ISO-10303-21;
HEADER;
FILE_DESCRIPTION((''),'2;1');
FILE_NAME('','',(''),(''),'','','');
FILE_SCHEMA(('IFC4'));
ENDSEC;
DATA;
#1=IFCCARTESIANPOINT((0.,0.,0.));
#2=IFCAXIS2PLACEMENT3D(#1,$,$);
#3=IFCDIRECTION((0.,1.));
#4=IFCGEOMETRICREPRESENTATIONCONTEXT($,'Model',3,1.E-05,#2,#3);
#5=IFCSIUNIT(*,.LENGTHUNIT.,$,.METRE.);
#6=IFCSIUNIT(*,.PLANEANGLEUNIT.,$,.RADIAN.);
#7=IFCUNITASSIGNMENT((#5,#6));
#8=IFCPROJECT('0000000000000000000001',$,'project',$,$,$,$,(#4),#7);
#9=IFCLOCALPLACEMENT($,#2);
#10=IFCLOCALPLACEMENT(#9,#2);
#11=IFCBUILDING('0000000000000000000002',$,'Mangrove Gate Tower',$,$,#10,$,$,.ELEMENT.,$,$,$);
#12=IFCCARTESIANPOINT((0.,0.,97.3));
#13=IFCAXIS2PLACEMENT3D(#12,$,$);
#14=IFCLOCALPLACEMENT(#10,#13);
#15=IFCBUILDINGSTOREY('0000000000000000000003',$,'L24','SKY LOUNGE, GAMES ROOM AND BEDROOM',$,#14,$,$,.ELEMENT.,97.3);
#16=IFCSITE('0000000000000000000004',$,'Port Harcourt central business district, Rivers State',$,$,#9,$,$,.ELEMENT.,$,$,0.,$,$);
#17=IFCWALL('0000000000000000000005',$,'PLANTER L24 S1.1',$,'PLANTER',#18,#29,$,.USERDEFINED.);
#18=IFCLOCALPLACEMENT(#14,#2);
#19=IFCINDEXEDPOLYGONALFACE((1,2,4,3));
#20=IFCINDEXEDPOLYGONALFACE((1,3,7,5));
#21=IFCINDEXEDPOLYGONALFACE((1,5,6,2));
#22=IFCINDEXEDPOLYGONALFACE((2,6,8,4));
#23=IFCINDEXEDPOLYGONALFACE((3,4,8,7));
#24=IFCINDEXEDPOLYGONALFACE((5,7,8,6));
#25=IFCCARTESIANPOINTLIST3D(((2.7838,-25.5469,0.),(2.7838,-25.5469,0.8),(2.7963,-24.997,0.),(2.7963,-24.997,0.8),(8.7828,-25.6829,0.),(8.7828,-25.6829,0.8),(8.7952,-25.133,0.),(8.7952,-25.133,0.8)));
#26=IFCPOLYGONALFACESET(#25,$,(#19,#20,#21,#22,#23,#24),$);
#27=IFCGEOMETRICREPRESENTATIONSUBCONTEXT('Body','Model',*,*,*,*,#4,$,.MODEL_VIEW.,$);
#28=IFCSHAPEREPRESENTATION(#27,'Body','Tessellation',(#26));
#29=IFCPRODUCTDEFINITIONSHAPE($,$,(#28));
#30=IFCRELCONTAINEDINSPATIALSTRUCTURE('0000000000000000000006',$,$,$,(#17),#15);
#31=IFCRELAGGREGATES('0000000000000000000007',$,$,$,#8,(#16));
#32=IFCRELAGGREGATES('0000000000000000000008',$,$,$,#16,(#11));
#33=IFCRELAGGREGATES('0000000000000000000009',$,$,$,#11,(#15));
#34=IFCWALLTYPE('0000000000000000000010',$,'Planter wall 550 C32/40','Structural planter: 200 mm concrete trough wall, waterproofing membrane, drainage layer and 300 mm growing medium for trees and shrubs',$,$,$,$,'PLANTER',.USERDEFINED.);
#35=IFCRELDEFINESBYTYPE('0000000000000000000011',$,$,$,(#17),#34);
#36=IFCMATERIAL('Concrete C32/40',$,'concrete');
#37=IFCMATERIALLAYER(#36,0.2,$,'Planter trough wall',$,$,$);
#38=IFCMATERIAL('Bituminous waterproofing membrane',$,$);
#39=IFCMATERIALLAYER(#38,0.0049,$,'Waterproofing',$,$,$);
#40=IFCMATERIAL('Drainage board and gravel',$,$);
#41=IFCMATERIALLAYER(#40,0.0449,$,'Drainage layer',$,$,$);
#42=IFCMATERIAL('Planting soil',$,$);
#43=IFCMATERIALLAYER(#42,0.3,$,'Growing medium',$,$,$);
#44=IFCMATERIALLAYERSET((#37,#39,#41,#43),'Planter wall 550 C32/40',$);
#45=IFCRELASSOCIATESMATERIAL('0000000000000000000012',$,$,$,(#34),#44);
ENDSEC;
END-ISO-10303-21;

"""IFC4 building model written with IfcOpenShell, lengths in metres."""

from ifc_helpers import new_model, si_unit, direction, frame, frame_2d, origin, place, context, subcontext, project, spatial, rectangle, extrude, material, layer, layer_set, type_object, element, save


model = new_model("IFC4")

# Units and contexts
model_context = context("Model", 3, precision=1e-05, world=origin(), true_north=direction((0.0, 1.0)))
body_context = subcontext(model_context, "Body", "Model", "MODEL_VIEW")
ifc_project = project(units=[si_unit("LENGTHUNIT", "METRE"), si_unit("PLANEANGLEUNIT", "RADIAN")], contexts=[model_context])

# Site, building, storey
site_placement = place(None, origin())
site = spatial("IfcSite", under=ifc_project, at=site_placement, Name="Port Harcourt central business district, Rivers State", CompositionType="ELEMENT", RefElevation=0.0)
building_placement = place(site_placement, origin())
building = spatial("IfcBuilding", under=site, at=building_placement, Name="Mangrove Gate Tower", CompositionType="ELEMENT")
storey_placement = place(building_placement, frame((0.0, 0.0, 97.3)))
storey = spatial("IfcBuildingStorey", under=building, at=storey_placement, Name="L24", Description="SKY LOUNGE, GAMES ROOM AND BEDROOM", CompositionType="ELEMENT", Elevation=97.3)

# Wall
ifc_material_1 = material(Name="Concrete C32/40", Category="concrete")
ifc_layer_1 = layer(ifc_material_1, 0.2, Name="Planter trough wall")
ifc_material_2 = material(Name="Bituminous waterproofing membrane")
ifc_layer_2 = layer(ifc_material_2, 0.0049, Name="Waterproofing")
ifc_material_3 = material(Name="Drainage board and gravel")
ifc_layer_3 = layer(ifc_material_3, 0.0449, Name="Drainage layer")
ifc_material_4 = material(Name="Planting soil")
ifc_layer_4 = layer(ifc_material_4, 0.3, Name="Growing medium")
ifc_layer_set_1 = layer_set([ifc_layer_1, ifc_layer_2, ifc_layer_3, ifc_layer_4], Name="Planter wall 550 C32/40")
wall_type_1 = type_object("IfcWallType", Name="Planter wall 550 C32/40", Description="Structural planter: 200 mm concrete trough wall, waterproofing membrane, drainage layer and 300 mm growing medium for trees and shrubs", ElementType="PLANTER", PredefinedType="USERDEFINED", material=ifc_layer_set_1)
wall_1_placement = place(storey_placement, frame((2.79, -25.272, 0.0), z_axis=(0.0, 0.0, 1.0), x_axis=(0.999743, -0.022662, 0.0)))
element("IfcWall", 1, at=wall_1_placement, inside=storey, type_object=wall_type_1, Name="PLANTER L24 S1.1", ObjectType="PLANTER", PredefinedType="USERDEFINED", context=body_context, shape_type="SweptSolid", body=[
    extrude(rectangle(XDim=6.0005, YDim=0.55, at=frame_2d((3.0002, 0.0))), origin(), (0.0, 0.0, 1.0), 0.8),
])

save(model, "model.ifc")
